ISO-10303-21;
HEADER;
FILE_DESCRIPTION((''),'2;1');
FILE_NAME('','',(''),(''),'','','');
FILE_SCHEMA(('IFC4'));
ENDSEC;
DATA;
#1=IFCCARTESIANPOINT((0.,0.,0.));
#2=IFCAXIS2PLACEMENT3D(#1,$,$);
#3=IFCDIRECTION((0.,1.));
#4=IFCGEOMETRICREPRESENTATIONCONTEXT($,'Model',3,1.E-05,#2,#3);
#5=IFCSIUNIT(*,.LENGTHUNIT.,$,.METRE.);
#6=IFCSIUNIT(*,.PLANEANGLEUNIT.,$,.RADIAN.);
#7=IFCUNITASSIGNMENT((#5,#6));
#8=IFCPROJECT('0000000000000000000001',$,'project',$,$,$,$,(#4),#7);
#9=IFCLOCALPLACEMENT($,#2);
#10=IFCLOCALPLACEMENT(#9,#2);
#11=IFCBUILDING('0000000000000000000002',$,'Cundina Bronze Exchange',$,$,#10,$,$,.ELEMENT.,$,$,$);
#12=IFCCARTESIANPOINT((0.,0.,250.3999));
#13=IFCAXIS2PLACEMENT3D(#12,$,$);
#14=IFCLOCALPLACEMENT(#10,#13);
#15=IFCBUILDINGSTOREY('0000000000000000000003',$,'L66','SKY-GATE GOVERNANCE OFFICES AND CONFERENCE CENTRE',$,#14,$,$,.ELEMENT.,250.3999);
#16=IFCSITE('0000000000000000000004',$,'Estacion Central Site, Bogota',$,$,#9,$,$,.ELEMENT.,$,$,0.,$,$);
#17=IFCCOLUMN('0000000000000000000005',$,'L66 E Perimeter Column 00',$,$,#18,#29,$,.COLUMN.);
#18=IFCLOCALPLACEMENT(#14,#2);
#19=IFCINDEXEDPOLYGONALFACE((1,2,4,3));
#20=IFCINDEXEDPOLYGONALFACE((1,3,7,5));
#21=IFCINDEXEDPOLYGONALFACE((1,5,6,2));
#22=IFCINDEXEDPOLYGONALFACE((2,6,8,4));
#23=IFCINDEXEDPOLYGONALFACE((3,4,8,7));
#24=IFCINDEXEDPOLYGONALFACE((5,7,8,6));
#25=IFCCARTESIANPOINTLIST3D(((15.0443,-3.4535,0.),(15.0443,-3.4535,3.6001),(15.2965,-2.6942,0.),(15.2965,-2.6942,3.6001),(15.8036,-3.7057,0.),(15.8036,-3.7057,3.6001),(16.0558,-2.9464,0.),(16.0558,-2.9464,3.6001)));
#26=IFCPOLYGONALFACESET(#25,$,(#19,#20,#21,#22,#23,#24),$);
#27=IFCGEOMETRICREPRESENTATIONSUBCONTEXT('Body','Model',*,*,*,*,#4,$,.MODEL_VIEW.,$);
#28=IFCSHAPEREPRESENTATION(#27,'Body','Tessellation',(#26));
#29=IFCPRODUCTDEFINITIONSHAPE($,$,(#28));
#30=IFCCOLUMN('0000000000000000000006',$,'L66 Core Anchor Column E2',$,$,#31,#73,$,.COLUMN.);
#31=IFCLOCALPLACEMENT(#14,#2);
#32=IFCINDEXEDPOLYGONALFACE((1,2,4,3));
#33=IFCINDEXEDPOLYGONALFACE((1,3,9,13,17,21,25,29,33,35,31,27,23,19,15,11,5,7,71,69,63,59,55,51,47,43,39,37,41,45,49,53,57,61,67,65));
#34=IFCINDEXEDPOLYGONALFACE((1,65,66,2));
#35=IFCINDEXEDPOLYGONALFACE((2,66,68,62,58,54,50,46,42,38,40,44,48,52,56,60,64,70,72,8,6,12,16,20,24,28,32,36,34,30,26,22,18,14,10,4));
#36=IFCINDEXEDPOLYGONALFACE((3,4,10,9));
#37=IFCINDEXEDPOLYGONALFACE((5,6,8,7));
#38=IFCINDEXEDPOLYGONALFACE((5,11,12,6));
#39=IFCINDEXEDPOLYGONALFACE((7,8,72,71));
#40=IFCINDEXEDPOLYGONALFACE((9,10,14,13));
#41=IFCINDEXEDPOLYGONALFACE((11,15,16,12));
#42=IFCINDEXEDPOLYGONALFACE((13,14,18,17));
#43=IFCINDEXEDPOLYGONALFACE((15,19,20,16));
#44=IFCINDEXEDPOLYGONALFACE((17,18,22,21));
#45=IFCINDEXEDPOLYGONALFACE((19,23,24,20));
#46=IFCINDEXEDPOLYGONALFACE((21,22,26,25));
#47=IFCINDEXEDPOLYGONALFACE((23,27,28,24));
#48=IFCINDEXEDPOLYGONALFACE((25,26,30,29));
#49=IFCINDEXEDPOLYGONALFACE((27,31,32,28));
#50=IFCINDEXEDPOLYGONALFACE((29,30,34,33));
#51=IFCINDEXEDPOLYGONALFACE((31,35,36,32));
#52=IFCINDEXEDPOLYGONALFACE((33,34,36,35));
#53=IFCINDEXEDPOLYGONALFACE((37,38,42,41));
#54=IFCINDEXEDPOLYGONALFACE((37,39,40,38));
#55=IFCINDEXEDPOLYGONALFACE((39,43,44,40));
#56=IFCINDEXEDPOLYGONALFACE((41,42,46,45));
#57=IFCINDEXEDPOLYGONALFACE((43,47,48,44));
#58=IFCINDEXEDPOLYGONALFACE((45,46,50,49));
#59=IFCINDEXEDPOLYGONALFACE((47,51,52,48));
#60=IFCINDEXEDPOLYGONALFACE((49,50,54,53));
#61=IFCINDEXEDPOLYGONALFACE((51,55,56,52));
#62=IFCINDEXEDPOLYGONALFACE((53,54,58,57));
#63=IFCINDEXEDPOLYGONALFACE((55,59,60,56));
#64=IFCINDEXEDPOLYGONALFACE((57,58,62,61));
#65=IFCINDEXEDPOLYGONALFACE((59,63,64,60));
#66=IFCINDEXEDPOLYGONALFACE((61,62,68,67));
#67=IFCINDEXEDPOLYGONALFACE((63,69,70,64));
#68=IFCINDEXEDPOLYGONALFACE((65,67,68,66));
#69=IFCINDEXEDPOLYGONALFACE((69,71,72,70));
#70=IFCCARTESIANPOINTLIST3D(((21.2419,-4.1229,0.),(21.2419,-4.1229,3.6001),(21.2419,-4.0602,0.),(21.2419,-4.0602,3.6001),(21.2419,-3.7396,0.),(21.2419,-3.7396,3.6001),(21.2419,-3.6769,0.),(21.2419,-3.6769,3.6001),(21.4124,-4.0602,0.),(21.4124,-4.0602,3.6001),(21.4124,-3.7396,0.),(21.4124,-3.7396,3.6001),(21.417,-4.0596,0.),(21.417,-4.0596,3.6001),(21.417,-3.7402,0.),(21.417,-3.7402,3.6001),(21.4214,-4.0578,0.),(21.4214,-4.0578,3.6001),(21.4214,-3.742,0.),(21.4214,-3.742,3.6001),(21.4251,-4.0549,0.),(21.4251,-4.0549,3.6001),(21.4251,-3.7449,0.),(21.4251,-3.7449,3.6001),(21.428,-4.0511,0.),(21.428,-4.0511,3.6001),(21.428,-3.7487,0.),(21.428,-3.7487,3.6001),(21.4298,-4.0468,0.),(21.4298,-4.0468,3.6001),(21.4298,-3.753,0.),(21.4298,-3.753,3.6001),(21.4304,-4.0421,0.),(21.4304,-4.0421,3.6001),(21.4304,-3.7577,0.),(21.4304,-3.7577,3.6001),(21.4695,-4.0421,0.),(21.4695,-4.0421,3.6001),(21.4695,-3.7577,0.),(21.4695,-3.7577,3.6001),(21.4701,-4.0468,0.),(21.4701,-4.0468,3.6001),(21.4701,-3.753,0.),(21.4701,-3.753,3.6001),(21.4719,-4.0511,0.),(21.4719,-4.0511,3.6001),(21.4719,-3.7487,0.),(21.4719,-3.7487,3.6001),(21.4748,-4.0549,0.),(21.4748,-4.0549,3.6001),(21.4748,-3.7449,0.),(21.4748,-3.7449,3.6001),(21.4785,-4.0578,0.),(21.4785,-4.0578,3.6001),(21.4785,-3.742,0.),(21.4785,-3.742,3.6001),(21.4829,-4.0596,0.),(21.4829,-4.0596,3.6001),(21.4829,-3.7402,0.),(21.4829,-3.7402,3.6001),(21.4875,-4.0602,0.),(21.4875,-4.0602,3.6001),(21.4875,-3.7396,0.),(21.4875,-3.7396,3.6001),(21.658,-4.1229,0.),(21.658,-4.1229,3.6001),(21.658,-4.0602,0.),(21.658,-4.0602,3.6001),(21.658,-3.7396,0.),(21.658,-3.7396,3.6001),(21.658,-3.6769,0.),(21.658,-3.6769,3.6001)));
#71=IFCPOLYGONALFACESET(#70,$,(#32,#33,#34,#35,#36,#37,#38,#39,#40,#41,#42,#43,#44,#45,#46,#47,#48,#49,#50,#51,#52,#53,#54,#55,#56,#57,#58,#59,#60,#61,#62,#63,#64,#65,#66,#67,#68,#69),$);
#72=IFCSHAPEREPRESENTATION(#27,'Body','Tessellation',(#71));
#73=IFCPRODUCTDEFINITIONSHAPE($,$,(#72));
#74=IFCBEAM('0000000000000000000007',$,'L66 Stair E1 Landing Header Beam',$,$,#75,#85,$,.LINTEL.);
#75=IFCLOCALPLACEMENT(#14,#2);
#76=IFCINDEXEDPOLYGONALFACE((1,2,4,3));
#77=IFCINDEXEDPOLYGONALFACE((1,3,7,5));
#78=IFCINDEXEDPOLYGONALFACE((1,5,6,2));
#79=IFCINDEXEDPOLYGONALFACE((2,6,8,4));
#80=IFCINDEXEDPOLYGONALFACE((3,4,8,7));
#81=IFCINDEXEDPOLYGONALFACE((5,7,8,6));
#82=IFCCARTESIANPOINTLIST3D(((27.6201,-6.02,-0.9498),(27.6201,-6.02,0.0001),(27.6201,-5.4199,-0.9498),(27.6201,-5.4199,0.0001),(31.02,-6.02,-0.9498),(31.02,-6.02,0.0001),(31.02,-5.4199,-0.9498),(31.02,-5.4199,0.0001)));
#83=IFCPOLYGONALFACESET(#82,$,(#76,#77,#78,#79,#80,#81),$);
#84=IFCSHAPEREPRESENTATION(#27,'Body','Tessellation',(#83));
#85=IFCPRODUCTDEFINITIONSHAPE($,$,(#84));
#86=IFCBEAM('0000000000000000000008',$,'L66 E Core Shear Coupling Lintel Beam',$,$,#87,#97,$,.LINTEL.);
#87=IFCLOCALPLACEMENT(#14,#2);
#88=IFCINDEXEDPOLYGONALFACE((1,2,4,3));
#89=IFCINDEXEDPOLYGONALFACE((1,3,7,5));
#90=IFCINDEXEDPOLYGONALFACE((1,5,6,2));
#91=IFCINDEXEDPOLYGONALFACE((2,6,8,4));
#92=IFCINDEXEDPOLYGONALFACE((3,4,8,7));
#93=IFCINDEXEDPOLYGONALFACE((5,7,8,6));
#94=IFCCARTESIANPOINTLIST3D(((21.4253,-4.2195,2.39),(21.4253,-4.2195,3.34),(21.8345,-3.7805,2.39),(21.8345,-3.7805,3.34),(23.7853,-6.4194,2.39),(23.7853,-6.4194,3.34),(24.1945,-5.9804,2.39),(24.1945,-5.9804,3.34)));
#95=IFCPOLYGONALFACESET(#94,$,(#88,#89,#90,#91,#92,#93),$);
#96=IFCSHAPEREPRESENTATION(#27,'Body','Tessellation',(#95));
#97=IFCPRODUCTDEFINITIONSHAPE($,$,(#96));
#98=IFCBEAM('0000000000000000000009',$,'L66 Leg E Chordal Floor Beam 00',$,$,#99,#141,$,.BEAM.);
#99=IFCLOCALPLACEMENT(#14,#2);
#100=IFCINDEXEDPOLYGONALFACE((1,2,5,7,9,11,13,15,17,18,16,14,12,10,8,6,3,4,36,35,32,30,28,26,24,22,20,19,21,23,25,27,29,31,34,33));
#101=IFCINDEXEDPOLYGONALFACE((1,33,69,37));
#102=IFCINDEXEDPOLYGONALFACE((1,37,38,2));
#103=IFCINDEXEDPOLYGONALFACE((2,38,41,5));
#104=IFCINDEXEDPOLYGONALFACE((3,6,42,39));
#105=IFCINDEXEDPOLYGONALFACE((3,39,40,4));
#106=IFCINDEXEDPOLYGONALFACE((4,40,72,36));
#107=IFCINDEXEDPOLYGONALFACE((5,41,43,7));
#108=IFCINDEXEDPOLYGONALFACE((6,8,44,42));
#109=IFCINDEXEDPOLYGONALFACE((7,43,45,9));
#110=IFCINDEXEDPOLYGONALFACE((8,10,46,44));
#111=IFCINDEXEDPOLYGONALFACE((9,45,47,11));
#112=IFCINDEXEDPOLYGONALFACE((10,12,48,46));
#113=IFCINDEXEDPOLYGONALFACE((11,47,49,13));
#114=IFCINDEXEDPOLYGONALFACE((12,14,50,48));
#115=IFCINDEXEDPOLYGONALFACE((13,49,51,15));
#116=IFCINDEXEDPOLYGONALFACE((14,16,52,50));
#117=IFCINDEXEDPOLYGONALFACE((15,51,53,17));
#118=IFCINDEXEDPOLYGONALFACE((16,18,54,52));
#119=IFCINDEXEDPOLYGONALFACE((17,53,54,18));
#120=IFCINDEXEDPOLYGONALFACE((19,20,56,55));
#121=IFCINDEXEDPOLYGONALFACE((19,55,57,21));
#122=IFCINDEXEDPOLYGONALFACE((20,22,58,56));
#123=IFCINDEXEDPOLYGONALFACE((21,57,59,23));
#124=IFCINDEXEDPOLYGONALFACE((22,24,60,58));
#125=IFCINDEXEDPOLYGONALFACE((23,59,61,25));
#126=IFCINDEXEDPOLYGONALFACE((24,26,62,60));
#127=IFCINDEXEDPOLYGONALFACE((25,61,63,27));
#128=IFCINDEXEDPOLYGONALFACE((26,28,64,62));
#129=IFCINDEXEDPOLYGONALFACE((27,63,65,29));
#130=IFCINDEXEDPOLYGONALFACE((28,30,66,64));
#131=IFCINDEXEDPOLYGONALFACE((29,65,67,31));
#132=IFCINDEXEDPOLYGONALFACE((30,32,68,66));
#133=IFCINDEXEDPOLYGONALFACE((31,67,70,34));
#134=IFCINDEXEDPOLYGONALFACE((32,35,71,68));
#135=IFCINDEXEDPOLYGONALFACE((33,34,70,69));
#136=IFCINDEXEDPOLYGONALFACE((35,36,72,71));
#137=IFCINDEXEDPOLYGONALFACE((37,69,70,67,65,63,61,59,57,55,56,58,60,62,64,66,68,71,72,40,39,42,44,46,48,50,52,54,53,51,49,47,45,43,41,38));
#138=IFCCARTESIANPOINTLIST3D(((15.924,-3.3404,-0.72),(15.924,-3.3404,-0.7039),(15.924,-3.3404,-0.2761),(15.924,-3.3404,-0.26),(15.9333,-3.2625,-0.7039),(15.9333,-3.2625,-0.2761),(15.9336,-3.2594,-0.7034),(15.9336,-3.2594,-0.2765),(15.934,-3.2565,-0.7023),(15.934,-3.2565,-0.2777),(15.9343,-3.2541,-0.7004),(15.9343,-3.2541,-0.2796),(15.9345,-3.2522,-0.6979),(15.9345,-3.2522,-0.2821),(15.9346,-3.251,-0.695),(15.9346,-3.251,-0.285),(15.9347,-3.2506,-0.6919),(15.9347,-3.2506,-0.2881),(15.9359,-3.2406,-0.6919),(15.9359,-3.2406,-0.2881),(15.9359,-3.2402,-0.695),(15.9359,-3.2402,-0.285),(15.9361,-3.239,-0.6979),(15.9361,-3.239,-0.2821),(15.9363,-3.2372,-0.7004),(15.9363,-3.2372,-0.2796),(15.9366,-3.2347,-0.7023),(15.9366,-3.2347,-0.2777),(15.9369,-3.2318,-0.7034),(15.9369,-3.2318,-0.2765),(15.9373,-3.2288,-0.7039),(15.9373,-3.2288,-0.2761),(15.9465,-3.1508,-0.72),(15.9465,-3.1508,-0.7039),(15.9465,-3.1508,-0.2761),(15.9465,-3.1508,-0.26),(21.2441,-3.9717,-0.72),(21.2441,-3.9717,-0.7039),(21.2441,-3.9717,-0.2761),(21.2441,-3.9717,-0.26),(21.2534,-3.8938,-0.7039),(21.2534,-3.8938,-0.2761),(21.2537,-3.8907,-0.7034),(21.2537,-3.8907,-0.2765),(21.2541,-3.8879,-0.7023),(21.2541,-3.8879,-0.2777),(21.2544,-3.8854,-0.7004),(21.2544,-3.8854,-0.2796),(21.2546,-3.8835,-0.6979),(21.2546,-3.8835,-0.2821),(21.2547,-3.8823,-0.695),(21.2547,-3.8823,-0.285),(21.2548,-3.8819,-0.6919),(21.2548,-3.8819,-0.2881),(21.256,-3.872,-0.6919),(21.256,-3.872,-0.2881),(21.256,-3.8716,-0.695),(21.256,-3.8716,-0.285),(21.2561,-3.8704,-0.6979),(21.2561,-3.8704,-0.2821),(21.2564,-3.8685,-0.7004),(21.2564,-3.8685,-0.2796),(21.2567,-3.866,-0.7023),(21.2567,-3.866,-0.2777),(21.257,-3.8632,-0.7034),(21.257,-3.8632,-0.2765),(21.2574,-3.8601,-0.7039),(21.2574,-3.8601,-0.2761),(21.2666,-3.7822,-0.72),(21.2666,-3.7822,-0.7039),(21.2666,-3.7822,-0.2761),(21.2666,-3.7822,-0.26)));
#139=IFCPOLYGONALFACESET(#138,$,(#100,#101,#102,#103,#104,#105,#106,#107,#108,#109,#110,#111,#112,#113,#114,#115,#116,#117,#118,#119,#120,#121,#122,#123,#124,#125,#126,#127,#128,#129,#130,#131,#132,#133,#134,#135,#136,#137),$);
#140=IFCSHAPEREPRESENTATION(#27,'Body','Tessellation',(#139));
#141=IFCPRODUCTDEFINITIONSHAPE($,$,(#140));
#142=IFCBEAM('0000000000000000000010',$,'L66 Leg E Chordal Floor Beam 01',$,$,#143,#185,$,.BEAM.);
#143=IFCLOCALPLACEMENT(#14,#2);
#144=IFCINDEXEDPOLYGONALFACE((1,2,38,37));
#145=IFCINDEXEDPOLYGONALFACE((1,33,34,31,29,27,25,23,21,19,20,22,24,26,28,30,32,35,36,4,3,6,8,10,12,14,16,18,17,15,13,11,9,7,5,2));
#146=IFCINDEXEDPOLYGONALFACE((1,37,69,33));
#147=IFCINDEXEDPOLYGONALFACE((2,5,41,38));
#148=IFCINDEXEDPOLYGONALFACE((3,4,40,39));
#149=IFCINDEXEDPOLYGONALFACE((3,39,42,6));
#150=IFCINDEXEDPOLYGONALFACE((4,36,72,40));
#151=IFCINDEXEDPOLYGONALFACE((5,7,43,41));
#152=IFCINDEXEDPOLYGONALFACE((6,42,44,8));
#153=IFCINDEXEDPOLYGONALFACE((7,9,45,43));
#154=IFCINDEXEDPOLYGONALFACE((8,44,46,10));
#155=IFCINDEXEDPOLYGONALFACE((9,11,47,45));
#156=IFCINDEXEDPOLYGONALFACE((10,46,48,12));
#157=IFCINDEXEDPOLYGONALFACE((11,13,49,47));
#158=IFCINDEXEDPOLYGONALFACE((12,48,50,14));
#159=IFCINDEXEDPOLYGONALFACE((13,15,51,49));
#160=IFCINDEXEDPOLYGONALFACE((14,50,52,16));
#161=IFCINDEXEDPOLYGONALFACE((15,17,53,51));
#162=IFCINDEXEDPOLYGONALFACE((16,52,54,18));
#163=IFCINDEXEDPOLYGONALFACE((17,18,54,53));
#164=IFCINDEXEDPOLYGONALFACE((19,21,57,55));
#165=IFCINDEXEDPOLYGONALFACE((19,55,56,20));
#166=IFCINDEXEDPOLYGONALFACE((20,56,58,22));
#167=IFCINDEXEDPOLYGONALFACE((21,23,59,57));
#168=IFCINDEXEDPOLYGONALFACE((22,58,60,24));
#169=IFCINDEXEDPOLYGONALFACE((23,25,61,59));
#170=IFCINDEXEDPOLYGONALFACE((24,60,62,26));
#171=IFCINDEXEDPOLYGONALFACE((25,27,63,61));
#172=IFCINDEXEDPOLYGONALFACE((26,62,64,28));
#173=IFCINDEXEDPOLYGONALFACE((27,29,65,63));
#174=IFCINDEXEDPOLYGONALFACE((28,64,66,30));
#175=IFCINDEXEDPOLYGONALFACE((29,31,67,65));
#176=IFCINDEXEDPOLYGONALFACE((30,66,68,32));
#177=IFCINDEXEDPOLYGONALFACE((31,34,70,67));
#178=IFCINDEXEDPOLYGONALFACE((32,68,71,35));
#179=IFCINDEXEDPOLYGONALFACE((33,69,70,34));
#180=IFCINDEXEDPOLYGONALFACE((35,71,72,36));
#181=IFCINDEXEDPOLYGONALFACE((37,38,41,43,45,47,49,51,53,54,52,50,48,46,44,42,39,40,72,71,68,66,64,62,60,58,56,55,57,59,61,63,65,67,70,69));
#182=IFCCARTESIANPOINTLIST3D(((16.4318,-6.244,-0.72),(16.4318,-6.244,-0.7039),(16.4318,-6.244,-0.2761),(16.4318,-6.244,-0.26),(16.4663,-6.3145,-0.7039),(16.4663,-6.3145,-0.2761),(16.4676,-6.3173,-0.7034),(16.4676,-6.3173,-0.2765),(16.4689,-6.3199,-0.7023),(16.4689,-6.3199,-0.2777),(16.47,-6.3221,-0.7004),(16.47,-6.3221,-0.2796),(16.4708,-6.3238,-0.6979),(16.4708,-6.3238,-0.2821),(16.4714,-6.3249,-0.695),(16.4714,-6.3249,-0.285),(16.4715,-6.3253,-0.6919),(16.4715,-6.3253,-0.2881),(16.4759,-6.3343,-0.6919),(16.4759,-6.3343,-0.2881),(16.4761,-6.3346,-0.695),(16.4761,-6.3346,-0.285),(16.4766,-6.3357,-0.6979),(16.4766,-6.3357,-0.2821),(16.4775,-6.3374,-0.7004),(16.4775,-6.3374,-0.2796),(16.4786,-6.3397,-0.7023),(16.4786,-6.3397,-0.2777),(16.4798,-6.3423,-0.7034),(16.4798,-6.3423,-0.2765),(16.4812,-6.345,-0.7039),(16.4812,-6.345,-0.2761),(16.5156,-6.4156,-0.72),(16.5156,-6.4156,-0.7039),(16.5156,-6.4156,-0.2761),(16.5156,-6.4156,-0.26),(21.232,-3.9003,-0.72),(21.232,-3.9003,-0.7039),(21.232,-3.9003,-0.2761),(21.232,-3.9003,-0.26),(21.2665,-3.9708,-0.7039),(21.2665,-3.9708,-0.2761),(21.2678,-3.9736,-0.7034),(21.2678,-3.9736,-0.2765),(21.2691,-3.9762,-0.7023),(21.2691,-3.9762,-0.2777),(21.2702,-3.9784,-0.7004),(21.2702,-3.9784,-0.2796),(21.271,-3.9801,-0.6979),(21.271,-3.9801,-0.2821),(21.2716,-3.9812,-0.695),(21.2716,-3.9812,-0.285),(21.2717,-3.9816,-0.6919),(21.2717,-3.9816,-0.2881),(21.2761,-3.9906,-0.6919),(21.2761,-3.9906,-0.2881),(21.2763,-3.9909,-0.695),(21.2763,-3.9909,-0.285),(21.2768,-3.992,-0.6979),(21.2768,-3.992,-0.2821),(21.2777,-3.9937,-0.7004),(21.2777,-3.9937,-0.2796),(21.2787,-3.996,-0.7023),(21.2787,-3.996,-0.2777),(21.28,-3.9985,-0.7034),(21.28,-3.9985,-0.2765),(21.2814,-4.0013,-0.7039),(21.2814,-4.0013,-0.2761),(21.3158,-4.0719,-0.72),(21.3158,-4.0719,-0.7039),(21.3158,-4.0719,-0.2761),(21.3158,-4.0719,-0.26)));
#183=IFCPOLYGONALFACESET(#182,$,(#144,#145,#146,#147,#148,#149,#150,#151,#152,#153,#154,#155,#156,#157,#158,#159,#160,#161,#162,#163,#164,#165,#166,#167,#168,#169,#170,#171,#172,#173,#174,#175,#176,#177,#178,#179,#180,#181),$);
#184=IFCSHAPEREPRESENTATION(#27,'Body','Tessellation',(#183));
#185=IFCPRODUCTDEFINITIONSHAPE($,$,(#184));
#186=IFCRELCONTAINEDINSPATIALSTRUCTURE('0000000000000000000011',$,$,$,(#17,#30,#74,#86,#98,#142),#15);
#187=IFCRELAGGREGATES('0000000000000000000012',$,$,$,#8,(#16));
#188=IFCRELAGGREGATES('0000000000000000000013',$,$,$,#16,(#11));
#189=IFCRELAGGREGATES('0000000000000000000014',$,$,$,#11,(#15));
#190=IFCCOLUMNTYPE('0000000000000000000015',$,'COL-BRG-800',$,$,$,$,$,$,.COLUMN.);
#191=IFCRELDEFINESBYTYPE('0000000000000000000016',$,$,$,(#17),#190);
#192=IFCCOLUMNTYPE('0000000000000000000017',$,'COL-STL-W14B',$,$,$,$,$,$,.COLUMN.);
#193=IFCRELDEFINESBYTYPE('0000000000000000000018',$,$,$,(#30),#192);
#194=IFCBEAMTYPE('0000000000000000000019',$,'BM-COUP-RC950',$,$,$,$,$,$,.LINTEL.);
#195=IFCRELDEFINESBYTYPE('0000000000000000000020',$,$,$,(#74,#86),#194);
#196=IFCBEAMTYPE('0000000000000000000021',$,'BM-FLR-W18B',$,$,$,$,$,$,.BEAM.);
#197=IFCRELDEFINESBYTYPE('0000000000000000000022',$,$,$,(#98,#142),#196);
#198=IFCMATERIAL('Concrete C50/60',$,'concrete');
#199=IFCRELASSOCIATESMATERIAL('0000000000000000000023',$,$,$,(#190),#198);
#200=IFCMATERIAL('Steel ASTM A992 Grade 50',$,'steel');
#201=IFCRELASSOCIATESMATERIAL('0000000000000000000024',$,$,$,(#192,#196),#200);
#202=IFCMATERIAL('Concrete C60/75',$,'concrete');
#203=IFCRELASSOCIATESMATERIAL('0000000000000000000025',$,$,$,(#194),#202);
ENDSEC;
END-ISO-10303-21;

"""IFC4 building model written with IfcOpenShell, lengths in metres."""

from ifc_helpers import new_model, si_unit, direction, frame, origin, origin_2d, place, context, subcontext, project, spatial, rectangle, i_section, extrude, material, material_profile, profile_set, type_object, element, save


model = new_model("IFC4")

# Units and contexts
model_context = context("Model", 3, precision=1e-05, world=origin(), true_north=direction((0.0, 1.0)))
body_context = subcontext(model_context, "Body", "Model", "MODEL_VIEW")
ifc_project = project(units=[si_unit("LENGTHUNIT", "METRE"), si_unit("PLANEANGLEUNIT", "RADIAN")], contexts=[model_context])

# Site, building, storey
site_placement = place(None, origin())
site = spatial("IfcSite", under=ifc_project, at=site_placement, Name="Estacion Central Site, Bogota", CompositionType="ELEMENT", RefElevation=0.0)
building_placement = place(site_placement, origin())
building = spatial("IfcBuilding", under=site, at=building_placement, Name="Cundina Bronze Exchange", CompositionType="ELEMENT")
storey_placement = place(building_placement, frame((0.0, 0.0, 250.3999)))
storey = spatial("IfcBuildingStorey", under=building, at=storey_placement, Name="L66", Description="SKY-GATE GOVERNANCE OFFICES AND CONFERENCE CENTRE", CompositionType="ELEMENT", Elevation=250.3999)

# Columns
ifc_material_1 = material(Name="Concrete C50/60", Category="concrete")
ifc_material_profile_1 = material_profile(ifc_material_1, rectangle(XDim=0.8, YDim=0.8, at=origin_2d()), Name="RC800X800", Category="concrete")
ifc_profile_set_1 = profile_set([ifc_material_profile_1], Name="Concrete C50/60")
column_type_1 = type_object("IfcColumnType", Name="COL-BRG-800", PredefinedType="COLUMN", material=ifc_profile_set_1)
column_1_placement = place(storey_placement, frame((15.55, -3.2, 0.0), z_axis=(0.0, 0.0, 1.0), x_axis=(-0.315152, -0.949041, 0.0)))
element("IfcColumn", 1, at=column_1_placement, inside=storey, type_object=column_type_1, Name="L66 E Perimeter Column 00", PredefinedType="COLUMN", context=body_context, shape_type="SweptSolid", body=[
    extrude(rectangle(XDim=0.8, YDim=0.8, at=origin_2d()), origin(), (0.0, 0.0, 1.0), 3.6001),
])
ifc_material_2 = material(Name="Steel ASTM A992 Grade 50", Category="steel")
ifc_material_profile_2 = material_profile(ifc_material_2, i_section(OverallWidth=0.416, OverallDepth=0.446, WebThickness=0.0391, FlangeThickness=0.0627, FilletRadius=0.0181, at=origin_2d()), Name="W14X342", Category="steel")
ifc_profile_set_2 = profile_set([ifc_material_profile_2], Name="Steel ASTM A992 Grade 50")
column_type_2 = type_object("IfcColumnType", Name="COL-STL-W14B", PredefinedType="COLUMN", material=ifc_profile_set_2)
column_2_placement = place(storey_placement, frame((21.45, -3.8999, 0.0), z_axis=(0.0, 0.0, 1.0), x_axis=(1.0, 0.0, 0.0)))
element("IfcColumn", 2, at=column_2_placement, inside=storey, type_object=column_type_2, Name="L66 Core Anchor Column E2", PredefinedType="COLUMN", context=body_context, shape_type="SweptSolid", body=[
    extrude(i_section(OverallWidth=0.416, OverallDepth=0.446, WebThickness=0.0391, FlangeThickness=0.0627, FilletRadius=0.0181, at=origin_2d()), origin(), (0.0, 0.0, 1.0), 3.6001),
])

# Beams
ifc_material_3 = material(Name="Concrete C60/75", Category="concrete")
ifc_material_profile_3 = material_profile(ifc_material_3, rectangle(XDim=0.6001, YDim=0.95, at=origin_2d()), Name="RC600X950", Category="concrete")
ifc_profile_set_3 = profile_set([ifc_material_profile_3], Name="Concrete C60/75")
beam_type_1 = type_object("IfcBeamType", Name="BM-COUP-RC950", PredefinedType="LINTEL", material=ifc_profile_set_3)
beam_1_placement = place(storey_placement, frame((27.6201, -5.72, -0.4749), z_axis=(1.0, 0.0, 0.0), x_axis=(0.0, 1.0, 0.0)))
element("IfcBeam", 3, at=beam_1_placement, inside=storey, type_object=beam_type_1, Name="L66 Stair E1 Landing Header Beam", PredefinedType="LINTEL", context=body_context, shape_type="SweptSolid", body=[
    extrude(rectangle(XDim=0.6001, YDim=0.95, at=origin_2d()), origin(), (0.0, 0.0, 1.0), 3.3999),
])
beam_2_placement = place(storey_placement, frame((21.6299, -4.0, 2.865), z_axis=(0.73149, -0.681852, 0.0), x_axis=(0.681852, 0.73149, 0.0)))
element("IfcBeam", 4, at=beam_2_placement, inside=storey, type_object=beam_type_1, Name="L66 E Core Shear Coupling Lintel Beam", PredefinedType="LINTEL", context=body_context, shape_type="SweptSolid", body=[
    extrude(rectangle(XDim=0.6001, YDim=0.95, at=origin_2d()), origin(), (0.0, 0.0, 1.0), 3.2263),
])
ifc_material_profile_4 = material_profile(ifc_material_2, i_section(OverallWidth=0.1909, OverallDepth=0.46, WebThickness=0.01, FlangeThickness=0.0161, FilletRadius=0.012, at=origin_2d()), Name="W18X55", Category="steel")
ifc_profile_set_4 = profile_set([ifc_material_profile_4], Name="Steel ASTM A992 Grade 50")
beam_type_2 = type_object("IfcBeamType", Name="BM-FLR-W18B", PredefinedType="BEAM", material=ifc_profile_set_4)
beam_3_placement = place(storey_placement, frame((21.2554, -3.877, -0.49), z_axis=(-0.993032, 0.117846, 0.0), x_axis=(-0.117846, -0.993032, 0.0)))
element("IfcBeam", 5, at=beam_3_placement, inside=storey, type_object=beam_type_2, Name="L66 Leg E Chordal Floor Beam 00", PredefinedType="BEAM", context=body_context, shape_type="SweptSolid", body=[
    extrude(i_section(OverallWidth=0.1909, OverallDepth=0.46, WebThickness=0.01, FlangeThickness=0.0161, FilletRadius=0.012, at=origin_2d()), origin(), (0.0, 0.0, 1.0), 5.3574),
])
beam_4_placement = place(storey_placement, frame((21.2739, -3.9861, -0.49), z_axis=(-0.89861, -0.438748, 0.0), x_axis=(0.438748, -0.89861, 0.0)))
element("IfcBeam", 6, at=beam_4_placement, inside=storey, type_object=beam_type_2, Name="L66 Leg E Chordal Floor Beam 01", PredefinedType="BEAM", context=body_context, shape_type="SweptSolid", body=[
    extrude(i_section(OverallWidth=0.1909, OverallDepth=0.46, WebThickness=0.01, FlangeThickness=0.0161, FilletRadius=0.012, at=origin_2d()), origin(), (0.0, 0.0, 1.0), 5.3418),
])

save(model, "model.ifc")
